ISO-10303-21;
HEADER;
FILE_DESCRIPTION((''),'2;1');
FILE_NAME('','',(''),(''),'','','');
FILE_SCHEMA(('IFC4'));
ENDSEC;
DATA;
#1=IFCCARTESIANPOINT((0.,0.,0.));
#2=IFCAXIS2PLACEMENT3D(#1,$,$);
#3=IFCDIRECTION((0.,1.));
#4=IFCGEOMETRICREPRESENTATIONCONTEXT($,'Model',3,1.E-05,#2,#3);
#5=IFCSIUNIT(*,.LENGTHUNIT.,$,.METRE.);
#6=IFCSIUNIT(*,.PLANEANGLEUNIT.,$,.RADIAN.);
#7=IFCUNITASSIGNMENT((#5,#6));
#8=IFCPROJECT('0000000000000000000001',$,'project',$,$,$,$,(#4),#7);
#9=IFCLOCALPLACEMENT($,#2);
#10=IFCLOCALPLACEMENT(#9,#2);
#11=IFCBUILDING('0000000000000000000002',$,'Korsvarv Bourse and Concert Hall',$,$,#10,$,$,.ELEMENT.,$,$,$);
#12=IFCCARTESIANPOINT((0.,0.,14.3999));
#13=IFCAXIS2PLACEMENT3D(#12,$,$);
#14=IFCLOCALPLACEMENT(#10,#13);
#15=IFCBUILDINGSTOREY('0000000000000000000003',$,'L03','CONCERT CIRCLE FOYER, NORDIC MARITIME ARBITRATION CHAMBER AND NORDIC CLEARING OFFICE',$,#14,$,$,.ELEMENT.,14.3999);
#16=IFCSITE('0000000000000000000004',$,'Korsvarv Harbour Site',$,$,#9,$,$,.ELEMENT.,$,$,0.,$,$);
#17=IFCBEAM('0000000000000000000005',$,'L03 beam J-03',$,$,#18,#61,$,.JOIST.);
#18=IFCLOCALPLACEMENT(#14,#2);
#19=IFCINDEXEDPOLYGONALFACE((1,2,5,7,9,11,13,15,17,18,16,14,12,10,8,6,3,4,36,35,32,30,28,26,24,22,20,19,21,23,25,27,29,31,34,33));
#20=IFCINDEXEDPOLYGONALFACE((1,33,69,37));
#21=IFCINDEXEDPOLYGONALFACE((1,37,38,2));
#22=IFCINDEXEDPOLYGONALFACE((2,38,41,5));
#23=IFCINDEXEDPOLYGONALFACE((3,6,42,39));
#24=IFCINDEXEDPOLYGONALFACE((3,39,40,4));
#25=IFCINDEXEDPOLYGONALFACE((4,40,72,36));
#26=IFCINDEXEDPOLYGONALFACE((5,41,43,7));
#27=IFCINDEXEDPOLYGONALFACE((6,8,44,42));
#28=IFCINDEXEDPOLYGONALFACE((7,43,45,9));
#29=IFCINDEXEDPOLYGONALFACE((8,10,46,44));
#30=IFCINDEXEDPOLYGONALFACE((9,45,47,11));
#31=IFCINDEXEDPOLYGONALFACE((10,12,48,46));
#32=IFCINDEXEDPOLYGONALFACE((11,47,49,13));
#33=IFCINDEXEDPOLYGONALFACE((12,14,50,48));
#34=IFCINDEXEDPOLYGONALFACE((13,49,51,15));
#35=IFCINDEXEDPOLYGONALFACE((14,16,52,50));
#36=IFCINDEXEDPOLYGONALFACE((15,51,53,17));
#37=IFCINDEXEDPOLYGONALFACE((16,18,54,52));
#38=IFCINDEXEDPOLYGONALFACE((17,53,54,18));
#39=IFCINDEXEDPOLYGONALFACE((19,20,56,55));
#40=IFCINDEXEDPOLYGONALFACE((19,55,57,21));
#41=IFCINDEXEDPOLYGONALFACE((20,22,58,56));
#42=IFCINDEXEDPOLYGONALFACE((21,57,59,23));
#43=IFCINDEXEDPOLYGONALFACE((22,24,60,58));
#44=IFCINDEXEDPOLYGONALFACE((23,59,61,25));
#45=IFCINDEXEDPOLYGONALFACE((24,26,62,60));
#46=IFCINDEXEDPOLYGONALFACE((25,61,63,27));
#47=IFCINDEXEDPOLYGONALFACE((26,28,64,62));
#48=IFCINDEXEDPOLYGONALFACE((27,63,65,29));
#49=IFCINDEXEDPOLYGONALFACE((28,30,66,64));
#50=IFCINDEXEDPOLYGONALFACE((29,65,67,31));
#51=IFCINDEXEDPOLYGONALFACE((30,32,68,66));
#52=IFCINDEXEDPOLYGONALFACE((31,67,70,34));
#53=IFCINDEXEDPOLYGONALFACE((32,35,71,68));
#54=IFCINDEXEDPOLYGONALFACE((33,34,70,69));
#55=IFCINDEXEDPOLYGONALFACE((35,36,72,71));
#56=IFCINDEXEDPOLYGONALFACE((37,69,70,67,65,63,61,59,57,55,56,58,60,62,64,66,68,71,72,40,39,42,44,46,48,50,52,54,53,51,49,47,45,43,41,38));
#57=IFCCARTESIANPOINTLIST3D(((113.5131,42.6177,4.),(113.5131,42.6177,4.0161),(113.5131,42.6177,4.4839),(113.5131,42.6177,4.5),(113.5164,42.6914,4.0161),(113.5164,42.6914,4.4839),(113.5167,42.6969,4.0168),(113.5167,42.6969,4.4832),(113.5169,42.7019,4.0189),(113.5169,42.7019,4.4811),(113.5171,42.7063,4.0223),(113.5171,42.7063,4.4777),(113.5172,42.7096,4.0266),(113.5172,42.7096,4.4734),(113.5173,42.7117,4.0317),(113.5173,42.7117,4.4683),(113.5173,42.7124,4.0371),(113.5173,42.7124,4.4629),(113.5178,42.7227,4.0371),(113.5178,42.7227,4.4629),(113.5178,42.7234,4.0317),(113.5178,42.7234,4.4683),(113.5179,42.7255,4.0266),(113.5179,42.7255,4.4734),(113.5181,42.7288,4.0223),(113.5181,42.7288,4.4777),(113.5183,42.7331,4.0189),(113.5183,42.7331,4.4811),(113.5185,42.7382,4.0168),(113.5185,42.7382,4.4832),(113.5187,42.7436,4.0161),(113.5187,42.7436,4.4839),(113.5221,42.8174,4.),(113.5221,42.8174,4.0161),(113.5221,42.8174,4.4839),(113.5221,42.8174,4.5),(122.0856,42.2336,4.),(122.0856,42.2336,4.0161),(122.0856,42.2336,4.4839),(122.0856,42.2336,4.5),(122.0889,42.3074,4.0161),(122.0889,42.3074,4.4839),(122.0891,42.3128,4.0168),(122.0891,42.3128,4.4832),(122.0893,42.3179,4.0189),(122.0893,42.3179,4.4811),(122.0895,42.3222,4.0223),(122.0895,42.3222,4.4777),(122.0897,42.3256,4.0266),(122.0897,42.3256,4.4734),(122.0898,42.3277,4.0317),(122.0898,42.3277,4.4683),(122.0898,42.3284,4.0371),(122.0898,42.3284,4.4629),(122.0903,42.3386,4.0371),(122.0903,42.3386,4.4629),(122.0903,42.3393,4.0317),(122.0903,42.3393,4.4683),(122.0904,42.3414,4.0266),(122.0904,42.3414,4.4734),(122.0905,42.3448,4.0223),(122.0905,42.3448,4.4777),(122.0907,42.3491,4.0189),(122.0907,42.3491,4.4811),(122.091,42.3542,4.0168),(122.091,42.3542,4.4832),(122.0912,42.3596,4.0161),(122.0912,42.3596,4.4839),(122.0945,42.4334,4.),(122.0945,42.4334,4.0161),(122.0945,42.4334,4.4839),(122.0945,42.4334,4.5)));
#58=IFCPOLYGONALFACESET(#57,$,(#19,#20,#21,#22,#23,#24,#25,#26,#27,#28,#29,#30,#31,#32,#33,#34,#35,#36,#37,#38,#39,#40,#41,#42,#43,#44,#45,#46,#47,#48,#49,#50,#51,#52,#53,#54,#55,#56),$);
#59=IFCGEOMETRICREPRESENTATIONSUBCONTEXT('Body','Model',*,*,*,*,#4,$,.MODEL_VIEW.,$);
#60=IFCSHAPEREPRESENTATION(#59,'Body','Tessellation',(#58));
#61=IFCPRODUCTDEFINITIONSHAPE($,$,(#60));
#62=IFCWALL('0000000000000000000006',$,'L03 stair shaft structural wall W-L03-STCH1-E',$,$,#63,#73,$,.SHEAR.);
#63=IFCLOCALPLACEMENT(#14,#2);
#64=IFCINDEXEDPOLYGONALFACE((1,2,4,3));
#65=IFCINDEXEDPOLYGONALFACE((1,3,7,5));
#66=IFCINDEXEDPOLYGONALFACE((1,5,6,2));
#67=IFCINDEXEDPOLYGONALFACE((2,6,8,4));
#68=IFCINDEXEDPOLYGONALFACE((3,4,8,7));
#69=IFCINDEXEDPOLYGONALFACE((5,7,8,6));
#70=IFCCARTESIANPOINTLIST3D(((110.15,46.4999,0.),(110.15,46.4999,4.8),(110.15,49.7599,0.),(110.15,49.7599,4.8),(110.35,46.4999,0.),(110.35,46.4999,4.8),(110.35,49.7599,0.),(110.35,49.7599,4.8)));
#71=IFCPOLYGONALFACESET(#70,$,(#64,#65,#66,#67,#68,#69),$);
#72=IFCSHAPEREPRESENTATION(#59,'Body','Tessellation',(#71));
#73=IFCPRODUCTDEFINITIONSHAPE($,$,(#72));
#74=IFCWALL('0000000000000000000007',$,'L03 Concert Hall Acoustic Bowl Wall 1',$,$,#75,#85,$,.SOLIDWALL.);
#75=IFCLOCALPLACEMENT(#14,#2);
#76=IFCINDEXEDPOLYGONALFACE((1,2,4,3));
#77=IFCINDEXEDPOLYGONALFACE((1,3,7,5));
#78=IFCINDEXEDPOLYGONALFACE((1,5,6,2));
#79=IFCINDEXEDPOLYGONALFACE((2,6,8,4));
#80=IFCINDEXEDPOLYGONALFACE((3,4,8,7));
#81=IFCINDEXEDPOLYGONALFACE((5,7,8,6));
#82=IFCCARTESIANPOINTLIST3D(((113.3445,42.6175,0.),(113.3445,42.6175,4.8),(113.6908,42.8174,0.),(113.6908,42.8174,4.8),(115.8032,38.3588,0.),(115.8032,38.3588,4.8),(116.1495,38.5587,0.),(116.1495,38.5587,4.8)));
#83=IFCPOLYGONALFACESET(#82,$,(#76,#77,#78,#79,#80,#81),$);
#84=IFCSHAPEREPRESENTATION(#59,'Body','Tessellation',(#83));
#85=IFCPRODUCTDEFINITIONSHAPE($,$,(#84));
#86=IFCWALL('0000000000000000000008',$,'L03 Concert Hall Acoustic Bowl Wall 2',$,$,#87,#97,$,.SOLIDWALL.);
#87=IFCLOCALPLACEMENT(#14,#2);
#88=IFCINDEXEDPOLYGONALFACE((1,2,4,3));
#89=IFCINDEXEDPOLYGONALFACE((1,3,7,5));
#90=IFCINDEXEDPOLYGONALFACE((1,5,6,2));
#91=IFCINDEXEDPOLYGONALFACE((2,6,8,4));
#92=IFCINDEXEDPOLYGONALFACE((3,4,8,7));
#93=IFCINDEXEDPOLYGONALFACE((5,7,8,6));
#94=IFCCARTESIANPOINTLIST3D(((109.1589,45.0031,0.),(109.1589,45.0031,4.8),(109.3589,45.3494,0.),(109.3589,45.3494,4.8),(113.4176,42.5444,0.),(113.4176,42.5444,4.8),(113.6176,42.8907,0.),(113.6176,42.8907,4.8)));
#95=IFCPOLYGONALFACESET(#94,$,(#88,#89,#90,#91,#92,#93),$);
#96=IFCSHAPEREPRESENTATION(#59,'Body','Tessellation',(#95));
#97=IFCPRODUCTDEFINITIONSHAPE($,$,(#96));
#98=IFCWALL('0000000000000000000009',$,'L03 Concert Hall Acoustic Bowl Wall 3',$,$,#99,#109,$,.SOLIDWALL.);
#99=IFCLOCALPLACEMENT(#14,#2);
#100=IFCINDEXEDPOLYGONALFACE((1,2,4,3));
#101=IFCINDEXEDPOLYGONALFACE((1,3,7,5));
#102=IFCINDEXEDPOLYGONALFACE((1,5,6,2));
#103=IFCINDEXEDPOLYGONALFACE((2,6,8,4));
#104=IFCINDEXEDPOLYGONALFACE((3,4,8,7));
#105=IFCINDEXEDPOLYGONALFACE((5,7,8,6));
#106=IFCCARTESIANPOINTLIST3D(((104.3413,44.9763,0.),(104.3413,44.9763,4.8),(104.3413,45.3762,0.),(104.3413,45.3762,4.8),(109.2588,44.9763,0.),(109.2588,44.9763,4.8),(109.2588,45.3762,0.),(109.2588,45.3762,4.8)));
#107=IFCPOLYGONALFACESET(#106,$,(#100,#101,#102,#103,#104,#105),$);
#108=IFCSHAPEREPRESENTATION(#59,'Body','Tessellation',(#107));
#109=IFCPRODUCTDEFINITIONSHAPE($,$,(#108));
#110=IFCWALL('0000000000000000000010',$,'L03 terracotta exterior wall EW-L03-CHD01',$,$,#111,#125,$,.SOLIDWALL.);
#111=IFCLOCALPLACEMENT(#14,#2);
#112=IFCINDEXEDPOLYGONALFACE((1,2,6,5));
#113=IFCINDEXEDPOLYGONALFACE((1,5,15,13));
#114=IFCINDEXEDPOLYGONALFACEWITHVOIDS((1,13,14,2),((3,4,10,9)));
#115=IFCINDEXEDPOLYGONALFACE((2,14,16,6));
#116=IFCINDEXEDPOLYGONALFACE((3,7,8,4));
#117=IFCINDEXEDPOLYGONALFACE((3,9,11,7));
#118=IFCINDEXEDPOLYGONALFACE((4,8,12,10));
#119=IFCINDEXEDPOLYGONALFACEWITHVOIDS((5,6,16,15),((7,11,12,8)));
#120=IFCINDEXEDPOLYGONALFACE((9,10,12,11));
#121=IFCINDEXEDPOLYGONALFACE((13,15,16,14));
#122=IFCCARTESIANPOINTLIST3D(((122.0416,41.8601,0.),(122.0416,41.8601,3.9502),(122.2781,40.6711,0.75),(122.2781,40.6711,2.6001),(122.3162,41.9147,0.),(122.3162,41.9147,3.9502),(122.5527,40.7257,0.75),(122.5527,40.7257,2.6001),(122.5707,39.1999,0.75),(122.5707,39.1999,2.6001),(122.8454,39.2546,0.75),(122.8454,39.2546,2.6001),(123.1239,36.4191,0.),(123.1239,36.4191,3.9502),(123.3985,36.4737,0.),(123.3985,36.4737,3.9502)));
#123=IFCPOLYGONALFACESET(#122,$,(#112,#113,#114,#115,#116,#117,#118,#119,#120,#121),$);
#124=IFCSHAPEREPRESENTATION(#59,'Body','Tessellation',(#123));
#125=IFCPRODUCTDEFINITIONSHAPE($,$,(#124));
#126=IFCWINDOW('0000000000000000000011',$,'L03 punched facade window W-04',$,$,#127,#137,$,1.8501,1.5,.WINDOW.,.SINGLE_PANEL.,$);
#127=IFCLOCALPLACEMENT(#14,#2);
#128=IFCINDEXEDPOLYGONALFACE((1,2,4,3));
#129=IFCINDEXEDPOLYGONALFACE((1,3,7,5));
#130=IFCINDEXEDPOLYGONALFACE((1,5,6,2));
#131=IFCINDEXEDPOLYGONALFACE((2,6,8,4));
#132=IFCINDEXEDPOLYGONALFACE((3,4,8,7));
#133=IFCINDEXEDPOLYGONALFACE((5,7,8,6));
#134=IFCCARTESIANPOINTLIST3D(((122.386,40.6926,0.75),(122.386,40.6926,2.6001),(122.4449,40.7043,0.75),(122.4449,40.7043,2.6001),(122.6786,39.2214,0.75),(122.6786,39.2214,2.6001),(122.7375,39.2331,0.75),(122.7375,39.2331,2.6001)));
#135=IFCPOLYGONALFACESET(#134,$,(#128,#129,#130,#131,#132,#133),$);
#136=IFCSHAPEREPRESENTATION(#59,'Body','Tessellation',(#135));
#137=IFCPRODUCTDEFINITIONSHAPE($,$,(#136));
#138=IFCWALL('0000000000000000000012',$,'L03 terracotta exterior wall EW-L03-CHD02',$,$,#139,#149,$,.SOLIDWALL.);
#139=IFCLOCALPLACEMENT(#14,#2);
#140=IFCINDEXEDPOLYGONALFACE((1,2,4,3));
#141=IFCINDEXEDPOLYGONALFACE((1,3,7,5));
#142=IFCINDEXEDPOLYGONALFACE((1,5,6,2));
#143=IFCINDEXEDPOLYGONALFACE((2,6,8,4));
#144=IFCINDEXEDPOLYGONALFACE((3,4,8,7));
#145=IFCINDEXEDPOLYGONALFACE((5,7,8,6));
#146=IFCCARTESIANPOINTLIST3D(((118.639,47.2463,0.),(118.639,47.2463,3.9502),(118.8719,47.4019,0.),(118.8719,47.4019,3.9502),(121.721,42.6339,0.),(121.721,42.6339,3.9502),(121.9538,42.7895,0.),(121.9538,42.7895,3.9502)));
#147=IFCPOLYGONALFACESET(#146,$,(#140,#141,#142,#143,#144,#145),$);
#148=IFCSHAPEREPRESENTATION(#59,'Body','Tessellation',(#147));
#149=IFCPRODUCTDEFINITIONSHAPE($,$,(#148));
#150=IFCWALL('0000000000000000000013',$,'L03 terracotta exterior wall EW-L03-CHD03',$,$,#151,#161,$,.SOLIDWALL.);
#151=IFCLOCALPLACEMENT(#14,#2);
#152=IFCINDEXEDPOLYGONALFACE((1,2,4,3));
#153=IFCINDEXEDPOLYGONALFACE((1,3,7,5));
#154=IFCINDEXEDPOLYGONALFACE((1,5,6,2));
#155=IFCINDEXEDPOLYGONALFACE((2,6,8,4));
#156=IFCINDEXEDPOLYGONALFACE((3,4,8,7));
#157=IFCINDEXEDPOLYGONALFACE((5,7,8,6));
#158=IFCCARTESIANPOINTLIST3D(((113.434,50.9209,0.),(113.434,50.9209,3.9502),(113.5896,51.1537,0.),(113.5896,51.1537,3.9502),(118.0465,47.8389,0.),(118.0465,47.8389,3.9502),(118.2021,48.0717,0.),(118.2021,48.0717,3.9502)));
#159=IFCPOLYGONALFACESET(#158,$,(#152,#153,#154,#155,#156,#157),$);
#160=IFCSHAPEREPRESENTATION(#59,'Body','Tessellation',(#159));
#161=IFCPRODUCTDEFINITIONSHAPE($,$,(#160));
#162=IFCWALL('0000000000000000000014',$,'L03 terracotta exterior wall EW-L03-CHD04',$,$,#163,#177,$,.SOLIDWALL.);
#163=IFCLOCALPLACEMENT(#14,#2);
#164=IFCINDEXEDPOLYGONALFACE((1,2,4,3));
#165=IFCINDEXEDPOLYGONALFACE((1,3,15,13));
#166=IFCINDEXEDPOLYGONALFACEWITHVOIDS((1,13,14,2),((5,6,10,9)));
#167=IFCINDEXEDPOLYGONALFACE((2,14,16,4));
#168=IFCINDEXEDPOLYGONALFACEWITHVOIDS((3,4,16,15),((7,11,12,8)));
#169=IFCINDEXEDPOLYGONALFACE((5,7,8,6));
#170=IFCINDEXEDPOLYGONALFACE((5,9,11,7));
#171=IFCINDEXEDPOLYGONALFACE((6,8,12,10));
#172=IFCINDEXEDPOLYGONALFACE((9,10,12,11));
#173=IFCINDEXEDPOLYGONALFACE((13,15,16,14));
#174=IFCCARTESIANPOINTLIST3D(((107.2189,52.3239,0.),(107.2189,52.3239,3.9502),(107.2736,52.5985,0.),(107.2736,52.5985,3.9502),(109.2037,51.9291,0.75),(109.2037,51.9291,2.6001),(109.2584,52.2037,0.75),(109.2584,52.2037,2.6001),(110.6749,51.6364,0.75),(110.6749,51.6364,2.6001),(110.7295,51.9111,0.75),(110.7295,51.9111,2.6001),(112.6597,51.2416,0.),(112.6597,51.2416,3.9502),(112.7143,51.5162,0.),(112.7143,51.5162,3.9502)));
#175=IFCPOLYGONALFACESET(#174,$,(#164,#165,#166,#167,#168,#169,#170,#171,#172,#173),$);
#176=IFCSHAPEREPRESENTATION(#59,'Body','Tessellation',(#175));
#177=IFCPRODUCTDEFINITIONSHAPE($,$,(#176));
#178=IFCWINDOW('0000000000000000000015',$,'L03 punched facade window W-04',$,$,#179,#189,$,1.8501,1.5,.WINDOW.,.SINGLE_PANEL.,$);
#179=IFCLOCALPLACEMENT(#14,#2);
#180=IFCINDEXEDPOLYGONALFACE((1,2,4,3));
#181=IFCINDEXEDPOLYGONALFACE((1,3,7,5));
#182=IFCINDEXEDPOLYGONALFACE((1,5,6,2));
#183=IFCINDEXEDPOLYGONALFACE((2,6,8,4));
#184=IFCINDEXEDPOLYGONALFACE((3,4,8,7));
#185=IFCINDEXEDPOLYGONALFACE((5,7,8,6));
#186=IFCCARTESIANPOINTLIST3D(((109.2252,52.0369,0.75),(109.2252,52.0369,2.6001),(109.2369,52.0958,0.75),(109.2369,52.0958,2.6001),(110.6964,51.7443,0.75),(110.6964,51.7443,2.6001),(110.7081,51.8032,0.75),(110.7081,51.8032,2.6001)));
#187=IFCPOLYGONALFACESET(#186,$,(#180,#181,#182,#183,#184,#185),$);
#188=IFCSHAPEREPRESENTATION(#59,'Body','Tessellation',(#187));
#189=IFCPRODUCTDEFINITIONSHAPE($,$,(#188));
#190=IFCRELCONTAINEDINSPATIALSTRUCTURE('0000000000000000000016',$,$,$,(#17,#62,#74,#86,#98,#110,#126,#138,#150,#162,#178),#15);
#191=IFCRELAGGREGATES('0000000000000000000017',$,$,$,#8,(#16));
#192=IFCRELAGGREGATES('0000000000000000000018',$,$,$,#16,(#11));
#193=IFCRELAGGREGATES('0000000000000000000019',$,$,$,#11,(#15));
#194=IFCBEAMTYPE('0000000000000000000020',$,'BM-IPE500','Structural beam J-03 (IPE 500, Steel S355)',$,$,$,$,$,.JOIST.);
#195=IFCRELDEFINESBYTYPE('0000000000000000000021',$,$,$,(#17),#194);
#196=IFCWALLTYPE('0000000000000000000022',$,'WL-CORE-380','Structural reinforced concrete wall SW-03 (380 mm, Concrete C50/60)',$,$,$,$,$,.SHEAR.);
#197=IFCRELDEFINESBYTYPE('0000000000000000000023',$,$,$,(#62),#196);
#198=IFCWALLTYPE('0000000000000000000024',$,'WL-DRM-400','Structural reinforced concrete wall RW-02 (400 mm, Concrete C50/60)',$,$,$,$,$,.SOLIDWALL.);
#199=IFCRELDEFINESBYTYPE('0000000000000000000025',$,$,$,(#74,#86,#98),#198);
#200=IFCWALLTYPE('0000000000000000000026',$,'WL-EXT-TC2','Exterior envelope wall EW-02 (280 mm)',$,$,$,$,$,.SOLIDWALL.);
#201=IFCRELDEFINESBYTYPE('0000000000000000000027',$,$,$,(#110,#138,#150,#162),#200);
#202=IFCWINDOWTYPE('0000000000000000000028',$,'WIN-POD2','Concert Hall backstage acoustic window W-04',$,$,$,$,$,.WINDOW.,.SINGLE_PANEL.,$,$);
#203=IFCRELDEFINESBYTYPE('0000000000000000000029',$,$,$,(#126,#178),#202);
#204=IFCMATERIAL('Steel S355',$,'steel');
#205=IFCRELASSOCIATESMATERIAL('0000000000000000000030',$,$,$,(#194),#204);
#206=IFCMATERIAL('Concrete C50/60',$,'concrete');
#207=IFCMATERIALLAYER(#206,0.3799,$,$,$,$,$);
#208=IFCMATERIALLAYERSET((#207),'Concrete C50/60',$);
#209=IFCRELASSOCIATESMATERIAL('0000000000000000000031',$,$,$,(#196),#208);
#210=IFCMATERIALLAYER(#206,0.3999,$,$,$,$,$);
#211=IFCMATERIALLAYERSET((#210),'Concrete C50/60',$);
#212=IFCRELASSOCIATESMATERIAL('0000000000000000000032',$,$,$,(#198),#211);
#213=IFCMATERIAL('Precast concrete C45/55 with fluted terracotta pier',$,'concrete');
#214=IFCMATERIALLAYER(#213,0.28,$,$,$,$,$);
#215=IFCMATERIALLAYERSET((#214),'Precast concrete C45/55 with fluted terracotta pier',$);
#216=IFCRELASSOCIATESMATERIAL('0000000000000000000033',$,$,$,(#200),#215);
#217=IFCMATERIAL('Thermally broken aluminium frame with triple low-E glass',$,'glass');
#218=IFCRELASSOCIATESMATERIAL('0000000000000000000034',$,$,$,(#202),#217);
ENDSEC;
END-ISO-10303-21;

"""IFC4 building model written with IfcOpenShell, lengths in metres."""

from ifc_helpers import new_model, si_unit, direction, frame, frame_2d, origin, origin_2d, place, context, subcontext, project, spatial, rectangle, i_section, extrude, source, transform, mapped, material, layer, layer_set, material_profile, profile_set, type_object, element, fill, save


model = new_model("IFC4")

# Units and contexts
model_context = context("Model", 3, precision=1e-05, world=origin(), true_north=direction((0.0, 1.0)))
body_context = subcontext(model_context, "Body", "Model", "MODEL_VIEW")
ifc_project = project(units=[si_unit("LENGTHUNIT", "METRE"), si_unit("PLANEANGLEUNIT", "RADIAN")], contexts=[model_context])

# Site, building, storey
site_placement = place(None, origin())
site = spatial("IfcSite", under=ifc_project, at=site_placement, Name="Korsvarv Harbour Site", CompositionType="ELEMENT", RefElevation=0.0)
building_placement = place(site_placement, origin())
building = spatial("IfcBuilding", under=site, at=building_placement, Name="Korsvarv Bourse and Concert Hall", CompositionType="ELEMENT")
storey_placement = place(building_placement, frame((0.0, 0.0, 14.3999)))
storey = spatial("IfcBuildingStorey", under=building, at=storey_placement, Name="L03", Description="CONCERT CIRCLE FOYER, NORDIC MARITIME ARBITRATION CHAMBER AND NORDIC CLEARING OFFICE", CompositionType="ELEMENT", Elevation=14.3999)

# Shared definitions
ifc_material_1 = material(Name="Concrete C50/60", Category="concrete")

# Beam
ifc_material_2 = material(Name="Steel S355", Category="steel")
ifc_material_profile_1 = material_profile(ifc_material_2, i_section(OverallWidth=0.2, OverallDepth=0.5, WebThickness=0.0103, FlangeThickness=0.0161, FilletRadius=0.021, at=origin_2d()), Name="IPE 500")
ifc_profile_set_1 = profile_set([ifc_material_profile_1], Name="Steel S355")
beam_type_1 = type_object("IfcBeamType", Name="BM-IPE500", Description="Structural beam J-03 (IPE 500, Steel S355)", PredefinedType="JOIST", material=ifc_profile_set_1)
shared_shape_1 = source(origin(), body_context, "Body", "SweptSolid", [
    extrude(i_section(OverallWidth=0.2, OverallDepth=0.5, WebThickness=0.0103, FlangeThickness=0.0161, FilletRadius=0.021, at=origin_2d()), origin(), (0.0, 0.0, 1.0), 8.5811),
])
beam_1_placement = place(storey_placement, frame((113.5176, 42.7175, 4.25), z_axis=(0.998998, -0.044753, 0.0), x_axis=(0.044753, 0.998998, 0.0)))
element("IfcBeam", 1, at=beam_1_placement, inside=storey, type_object=beam_type_1, Name="L03 beam J-03", PredefinedType="JOIST", context=body_context, shape_type="MappedRepresentation", body=[
    mapped(shared_shape_1, transform((0.0, 0.0, 0.0), scale=1.0)),
])

# Walls
ifc_layer_1 = layer(ifc_material_1, 0.3799)
ifc_layer_set_1 = layer_set([ifc_layer_1], Name="Concrete C50/60")
wall_type_1 = type_object("IfcWallType", Name="WL-CORE-380", Description="Structural reinforced concrete wall SW-03 (380 mm, Concrete C50/60)", PredefinedType="SHEAR", material=ifc_layer_set_1)
wall_1_placement = place(storey_placement, frame((110.25, 46.5, 0.0), z_axis=(0.0, 0.0, 1.0), x_axis=(0.0, 1.0, 0.0)))
element("IfcWall", 2, at=wall_1_placement, inside=storey, type_object=wall_type_1, Name="L03 stair shaft structural wall W-L03-STCH1-E", PredefinedType="SHEAR", context=body_context, shape_type="SweptSolid", body=[
    extrude(rectangle(XDim=3.26, YDim=0.2, at=frame_2d((1.6299, 0.0))), origin(), (0.0, 0.0, 1.0), 4.8),
])
ifc_layer_2 = layer(ifc_material_1, 0.3999)
ifc_layer_set_2 = layer_set([ifc_layer_2], Name="Concrete C50/60")
wall_type_2 = type_object("IfcWallType", Name="WL-DRM-400", Description="Structural reinforced concrete wall RW-02 (400 mm, Concrete C50/60)", PredefinedType="SOLIDWALL", material=ifc_layer_set_2)
for number, where, z_axis, x_axis, name in (
    (3, (115.9763, 38.4587, 0.0), (0.0, 0.0, 1.0), (-0.499989, 0.866032, 0.0), "L03 Concert Hall Acoustic Bowl Wall 1"),
    (4, (113.5176, 42.7175, 0.0), (0.0, 0.0, 1.0), (-0.866032, 0.499989, 0.0), "L03 Concert Hall Acoustic Bowl Wall 2"),
    (5, (109.2588, 45.1763, 0.0), (0.0, 0.0, 1.0), (-1.0, 0.0, 0.0), "L03 Concert Hall Acoustic Bowl Wall 3"),
):
    element("IfcWall", number, at=place(storey_placement, frame(where, z_axis=z_axis, x_axis=x_axis)), inside=storey, type_object=wall_type_2, Name=name, PredefinedType="SOLIDWALL", context=body_context, shape_type="SweptSolid", body=[
        extrude(rectangle(XDim=4.9175, YDim=0.3999, at=frame_2d((2.4587, 0.0))), origin(), (0.0, 0.0, 1.0), 4.8),
    ])

# Wall, opening, window
ifc_material_3 = material(Name="Precast concrete C45/55 with fluted terracotta pier", Category="concrete")
ifc_layer_3 = layer(ifc_material_3, 0.28)
ifc_layer_set_3 = layer_set([ifc_layer_3], Name="Precast concrete C45/55 with fluted terracotta pier")
wall_type_3 = type_object("IfcWallType", Name="WL-EXT-TC2", Description="Exterior envelope wall EW-02 (280 mm)", PredefinedType="SOLIDWALL", material=ifc_layer_set_3)
wall_2_placement = place(storey_placement, frame((123.2612, 36.4463, 0.0), z_axis=(0.0, 0.0, 1.0), x_axis=(-0.195092, 0.980785, 0.0)))
wall_2 = element("IfcWall", 6, at=wall_2_placement, inside=storey, type_object=wall_type_3, Name="L03 terracotta exterior wall EW-L03-CHD01", PredefinedType="SOLIDWALL", context=body_context, shape_type="SweptSolid", body=[
    extrude(rectangle(XDim=5.5476, YDim=0.28, at=frame_2d((2.7739, 0.0))), origin(), (0.0, 0.0, 1.0), 3.9502),
])
opening_1_placement = place(wall_2_placement, frame((2.8354, 0.0, 0.75)))
opening_1 = element("IfcOpeningElement", 7, at=opening_1_placement, cuts=wall_2, PredefinedType="OPENING", context=body_context, shape_type="SweptSolid", body=[
    extrude(rectangle(XDim=1.5, YDim=1.8501, at=frame_2d((0.75, 0.925))), frame((0.0, 0.1499, 0.0), z_axis=(0.0, -1.0, 0.0), x_axis=(1.0, 0.0, 0.0)), (0.0, 0.0, 1.0), 0.3),
])
ifc_material_4 = material(Name="Thermally broken aluminium frame with triple low-E glass", Category="glass")
window_type = type_object("IfcWindowType", Name="WIN-POD2", Description="Concert Hall backstage acoustic window W-04", PartitioningType="SINGLE_PANEL", PredefinedType="WINDOW", material=ifc_material_4)
window_1_placement = place(opening_1_placement, origin())
window_1 = element("IfcWindow", 8, at=window_1_placement, inside=storey, type_object=window_type, Name="L03 punched facade window W-04", OverallHeight=1.8501, OverallWidth=1.5, PartitioningType="SINGLE_PANEL", PredefinedType="WINDOW", context=body_context, shape_type="SweptSolid", body=[
    extrude(rectangle(XDim=1.5, YDim=1.8501, at=frame_2d((0.75, 0.925))), frame((0.0, 0.03, 0.0), z_axis=(0.0, -1.0, 0.0), x_axis=(1.0, 0.0, 0.0)), (0.0, 0.0, 1.0), 0.0601),
])
fill(opening_1, window_1)

# Walls
for number, where, z_axis, x_axis, name in (
    (9, (121.8374, 42.7117, 0.0), (0.0, 0.0, 1.0), (-0.555573, 0.831468, 0.0), "L03 terracotta exterior wall EW-L03-CHD02"),
    (10, (118.1243, 47.9553, 0.0), (0.0, 0.0, 1.0), (-0.831468, 0.555573, 0.0), "L03 terracotta exterior wall EW-L03-CHD03"),
):
    element("IfcWall", number, at=place(storey_placement, frame(where, z_axis=z_axis, x_axis=x_axis)), inside=storey, type_object=wall_type_3, Name=name, PredefinedType="SOLIDWALL", context=body_context, shape_type="SweptSolid", body=[
        extrude(rectangle(XDim=5.5474, YDim=0.28, at=frame_2d((2.7737, 0.0))), origin(), (0.0, 0.0, 1.0), 3.9502),
    ])

# Wall, opening, window
wall_3_placement = place(storey_placement, frame((112.687, 51.3789, 0.0), z_axis=(0.0, 0.0, 1.0), x_axis=(-0.980783, 0.1951, 0.0)))
wall_3 = element("IfcWall", 11, at=wall_3_placement, inside=storey, type_object=wall_type_3, Name="L03 terracotta exterior wall EW-L03-CHD04", PredefinedType="SOLIDWALL", context=body_context, shape_type="SweptSolid", body=[
    extrude(rectangle(XDim=5.5474, YDim=0.28, at=frame_2d((2.7737, 0.0))), origin(), (0.0, 0.0, 1.0), 3.9502),
])
opening_2_placement = place(wall_3_placement, frame((2.0237, 0.0, 0.75)))
opening_2 = element("IfcOpeningElement", 12, at=opening_2_placement, cuts=wall_3, PredefinedType="OPENING", context=body_context, shape_type="SweptSolid", body=[
    extrude(rectangle(XDim=1.5, YDim=1.8501, at=frame_2d((0.75, 0.925))), frame((0.0, 0.1499, 0.0), z_axis=(0.0, -1.0, 0.0), x_axis=(1.0, 0.0, 0.0)), (0.0, 0.0, 1.0), 0.3),
])
window_2_placement = place(opening_2_placement, origin())
window_2 = element("IfcWindow", 13, at=window_2_placement, inside=storey, type_object=window_type, Name="L03 punched facade window W-04", OverallHeight=1.8501, OverallWidth=1.5, PartitioningType="SINGLE_PANEL", PredefinedType="WINDOW", context=body_context, shape_type="SweptSolid", body=[
    extrude(rectangle(XDim=1.5, YDim=1.8501, at=frame_2d((0.75, 0.925))), frame((0.0, 0.03, 0.0), z_axis=(0.0, -1.0, 0.0), x_axis=(1.0, 0.0, 0.0)), (0.0, 0.0, 1.0), 0.0601),
])
fill(opening_2, window_2)

save(model, "model.ifc")
